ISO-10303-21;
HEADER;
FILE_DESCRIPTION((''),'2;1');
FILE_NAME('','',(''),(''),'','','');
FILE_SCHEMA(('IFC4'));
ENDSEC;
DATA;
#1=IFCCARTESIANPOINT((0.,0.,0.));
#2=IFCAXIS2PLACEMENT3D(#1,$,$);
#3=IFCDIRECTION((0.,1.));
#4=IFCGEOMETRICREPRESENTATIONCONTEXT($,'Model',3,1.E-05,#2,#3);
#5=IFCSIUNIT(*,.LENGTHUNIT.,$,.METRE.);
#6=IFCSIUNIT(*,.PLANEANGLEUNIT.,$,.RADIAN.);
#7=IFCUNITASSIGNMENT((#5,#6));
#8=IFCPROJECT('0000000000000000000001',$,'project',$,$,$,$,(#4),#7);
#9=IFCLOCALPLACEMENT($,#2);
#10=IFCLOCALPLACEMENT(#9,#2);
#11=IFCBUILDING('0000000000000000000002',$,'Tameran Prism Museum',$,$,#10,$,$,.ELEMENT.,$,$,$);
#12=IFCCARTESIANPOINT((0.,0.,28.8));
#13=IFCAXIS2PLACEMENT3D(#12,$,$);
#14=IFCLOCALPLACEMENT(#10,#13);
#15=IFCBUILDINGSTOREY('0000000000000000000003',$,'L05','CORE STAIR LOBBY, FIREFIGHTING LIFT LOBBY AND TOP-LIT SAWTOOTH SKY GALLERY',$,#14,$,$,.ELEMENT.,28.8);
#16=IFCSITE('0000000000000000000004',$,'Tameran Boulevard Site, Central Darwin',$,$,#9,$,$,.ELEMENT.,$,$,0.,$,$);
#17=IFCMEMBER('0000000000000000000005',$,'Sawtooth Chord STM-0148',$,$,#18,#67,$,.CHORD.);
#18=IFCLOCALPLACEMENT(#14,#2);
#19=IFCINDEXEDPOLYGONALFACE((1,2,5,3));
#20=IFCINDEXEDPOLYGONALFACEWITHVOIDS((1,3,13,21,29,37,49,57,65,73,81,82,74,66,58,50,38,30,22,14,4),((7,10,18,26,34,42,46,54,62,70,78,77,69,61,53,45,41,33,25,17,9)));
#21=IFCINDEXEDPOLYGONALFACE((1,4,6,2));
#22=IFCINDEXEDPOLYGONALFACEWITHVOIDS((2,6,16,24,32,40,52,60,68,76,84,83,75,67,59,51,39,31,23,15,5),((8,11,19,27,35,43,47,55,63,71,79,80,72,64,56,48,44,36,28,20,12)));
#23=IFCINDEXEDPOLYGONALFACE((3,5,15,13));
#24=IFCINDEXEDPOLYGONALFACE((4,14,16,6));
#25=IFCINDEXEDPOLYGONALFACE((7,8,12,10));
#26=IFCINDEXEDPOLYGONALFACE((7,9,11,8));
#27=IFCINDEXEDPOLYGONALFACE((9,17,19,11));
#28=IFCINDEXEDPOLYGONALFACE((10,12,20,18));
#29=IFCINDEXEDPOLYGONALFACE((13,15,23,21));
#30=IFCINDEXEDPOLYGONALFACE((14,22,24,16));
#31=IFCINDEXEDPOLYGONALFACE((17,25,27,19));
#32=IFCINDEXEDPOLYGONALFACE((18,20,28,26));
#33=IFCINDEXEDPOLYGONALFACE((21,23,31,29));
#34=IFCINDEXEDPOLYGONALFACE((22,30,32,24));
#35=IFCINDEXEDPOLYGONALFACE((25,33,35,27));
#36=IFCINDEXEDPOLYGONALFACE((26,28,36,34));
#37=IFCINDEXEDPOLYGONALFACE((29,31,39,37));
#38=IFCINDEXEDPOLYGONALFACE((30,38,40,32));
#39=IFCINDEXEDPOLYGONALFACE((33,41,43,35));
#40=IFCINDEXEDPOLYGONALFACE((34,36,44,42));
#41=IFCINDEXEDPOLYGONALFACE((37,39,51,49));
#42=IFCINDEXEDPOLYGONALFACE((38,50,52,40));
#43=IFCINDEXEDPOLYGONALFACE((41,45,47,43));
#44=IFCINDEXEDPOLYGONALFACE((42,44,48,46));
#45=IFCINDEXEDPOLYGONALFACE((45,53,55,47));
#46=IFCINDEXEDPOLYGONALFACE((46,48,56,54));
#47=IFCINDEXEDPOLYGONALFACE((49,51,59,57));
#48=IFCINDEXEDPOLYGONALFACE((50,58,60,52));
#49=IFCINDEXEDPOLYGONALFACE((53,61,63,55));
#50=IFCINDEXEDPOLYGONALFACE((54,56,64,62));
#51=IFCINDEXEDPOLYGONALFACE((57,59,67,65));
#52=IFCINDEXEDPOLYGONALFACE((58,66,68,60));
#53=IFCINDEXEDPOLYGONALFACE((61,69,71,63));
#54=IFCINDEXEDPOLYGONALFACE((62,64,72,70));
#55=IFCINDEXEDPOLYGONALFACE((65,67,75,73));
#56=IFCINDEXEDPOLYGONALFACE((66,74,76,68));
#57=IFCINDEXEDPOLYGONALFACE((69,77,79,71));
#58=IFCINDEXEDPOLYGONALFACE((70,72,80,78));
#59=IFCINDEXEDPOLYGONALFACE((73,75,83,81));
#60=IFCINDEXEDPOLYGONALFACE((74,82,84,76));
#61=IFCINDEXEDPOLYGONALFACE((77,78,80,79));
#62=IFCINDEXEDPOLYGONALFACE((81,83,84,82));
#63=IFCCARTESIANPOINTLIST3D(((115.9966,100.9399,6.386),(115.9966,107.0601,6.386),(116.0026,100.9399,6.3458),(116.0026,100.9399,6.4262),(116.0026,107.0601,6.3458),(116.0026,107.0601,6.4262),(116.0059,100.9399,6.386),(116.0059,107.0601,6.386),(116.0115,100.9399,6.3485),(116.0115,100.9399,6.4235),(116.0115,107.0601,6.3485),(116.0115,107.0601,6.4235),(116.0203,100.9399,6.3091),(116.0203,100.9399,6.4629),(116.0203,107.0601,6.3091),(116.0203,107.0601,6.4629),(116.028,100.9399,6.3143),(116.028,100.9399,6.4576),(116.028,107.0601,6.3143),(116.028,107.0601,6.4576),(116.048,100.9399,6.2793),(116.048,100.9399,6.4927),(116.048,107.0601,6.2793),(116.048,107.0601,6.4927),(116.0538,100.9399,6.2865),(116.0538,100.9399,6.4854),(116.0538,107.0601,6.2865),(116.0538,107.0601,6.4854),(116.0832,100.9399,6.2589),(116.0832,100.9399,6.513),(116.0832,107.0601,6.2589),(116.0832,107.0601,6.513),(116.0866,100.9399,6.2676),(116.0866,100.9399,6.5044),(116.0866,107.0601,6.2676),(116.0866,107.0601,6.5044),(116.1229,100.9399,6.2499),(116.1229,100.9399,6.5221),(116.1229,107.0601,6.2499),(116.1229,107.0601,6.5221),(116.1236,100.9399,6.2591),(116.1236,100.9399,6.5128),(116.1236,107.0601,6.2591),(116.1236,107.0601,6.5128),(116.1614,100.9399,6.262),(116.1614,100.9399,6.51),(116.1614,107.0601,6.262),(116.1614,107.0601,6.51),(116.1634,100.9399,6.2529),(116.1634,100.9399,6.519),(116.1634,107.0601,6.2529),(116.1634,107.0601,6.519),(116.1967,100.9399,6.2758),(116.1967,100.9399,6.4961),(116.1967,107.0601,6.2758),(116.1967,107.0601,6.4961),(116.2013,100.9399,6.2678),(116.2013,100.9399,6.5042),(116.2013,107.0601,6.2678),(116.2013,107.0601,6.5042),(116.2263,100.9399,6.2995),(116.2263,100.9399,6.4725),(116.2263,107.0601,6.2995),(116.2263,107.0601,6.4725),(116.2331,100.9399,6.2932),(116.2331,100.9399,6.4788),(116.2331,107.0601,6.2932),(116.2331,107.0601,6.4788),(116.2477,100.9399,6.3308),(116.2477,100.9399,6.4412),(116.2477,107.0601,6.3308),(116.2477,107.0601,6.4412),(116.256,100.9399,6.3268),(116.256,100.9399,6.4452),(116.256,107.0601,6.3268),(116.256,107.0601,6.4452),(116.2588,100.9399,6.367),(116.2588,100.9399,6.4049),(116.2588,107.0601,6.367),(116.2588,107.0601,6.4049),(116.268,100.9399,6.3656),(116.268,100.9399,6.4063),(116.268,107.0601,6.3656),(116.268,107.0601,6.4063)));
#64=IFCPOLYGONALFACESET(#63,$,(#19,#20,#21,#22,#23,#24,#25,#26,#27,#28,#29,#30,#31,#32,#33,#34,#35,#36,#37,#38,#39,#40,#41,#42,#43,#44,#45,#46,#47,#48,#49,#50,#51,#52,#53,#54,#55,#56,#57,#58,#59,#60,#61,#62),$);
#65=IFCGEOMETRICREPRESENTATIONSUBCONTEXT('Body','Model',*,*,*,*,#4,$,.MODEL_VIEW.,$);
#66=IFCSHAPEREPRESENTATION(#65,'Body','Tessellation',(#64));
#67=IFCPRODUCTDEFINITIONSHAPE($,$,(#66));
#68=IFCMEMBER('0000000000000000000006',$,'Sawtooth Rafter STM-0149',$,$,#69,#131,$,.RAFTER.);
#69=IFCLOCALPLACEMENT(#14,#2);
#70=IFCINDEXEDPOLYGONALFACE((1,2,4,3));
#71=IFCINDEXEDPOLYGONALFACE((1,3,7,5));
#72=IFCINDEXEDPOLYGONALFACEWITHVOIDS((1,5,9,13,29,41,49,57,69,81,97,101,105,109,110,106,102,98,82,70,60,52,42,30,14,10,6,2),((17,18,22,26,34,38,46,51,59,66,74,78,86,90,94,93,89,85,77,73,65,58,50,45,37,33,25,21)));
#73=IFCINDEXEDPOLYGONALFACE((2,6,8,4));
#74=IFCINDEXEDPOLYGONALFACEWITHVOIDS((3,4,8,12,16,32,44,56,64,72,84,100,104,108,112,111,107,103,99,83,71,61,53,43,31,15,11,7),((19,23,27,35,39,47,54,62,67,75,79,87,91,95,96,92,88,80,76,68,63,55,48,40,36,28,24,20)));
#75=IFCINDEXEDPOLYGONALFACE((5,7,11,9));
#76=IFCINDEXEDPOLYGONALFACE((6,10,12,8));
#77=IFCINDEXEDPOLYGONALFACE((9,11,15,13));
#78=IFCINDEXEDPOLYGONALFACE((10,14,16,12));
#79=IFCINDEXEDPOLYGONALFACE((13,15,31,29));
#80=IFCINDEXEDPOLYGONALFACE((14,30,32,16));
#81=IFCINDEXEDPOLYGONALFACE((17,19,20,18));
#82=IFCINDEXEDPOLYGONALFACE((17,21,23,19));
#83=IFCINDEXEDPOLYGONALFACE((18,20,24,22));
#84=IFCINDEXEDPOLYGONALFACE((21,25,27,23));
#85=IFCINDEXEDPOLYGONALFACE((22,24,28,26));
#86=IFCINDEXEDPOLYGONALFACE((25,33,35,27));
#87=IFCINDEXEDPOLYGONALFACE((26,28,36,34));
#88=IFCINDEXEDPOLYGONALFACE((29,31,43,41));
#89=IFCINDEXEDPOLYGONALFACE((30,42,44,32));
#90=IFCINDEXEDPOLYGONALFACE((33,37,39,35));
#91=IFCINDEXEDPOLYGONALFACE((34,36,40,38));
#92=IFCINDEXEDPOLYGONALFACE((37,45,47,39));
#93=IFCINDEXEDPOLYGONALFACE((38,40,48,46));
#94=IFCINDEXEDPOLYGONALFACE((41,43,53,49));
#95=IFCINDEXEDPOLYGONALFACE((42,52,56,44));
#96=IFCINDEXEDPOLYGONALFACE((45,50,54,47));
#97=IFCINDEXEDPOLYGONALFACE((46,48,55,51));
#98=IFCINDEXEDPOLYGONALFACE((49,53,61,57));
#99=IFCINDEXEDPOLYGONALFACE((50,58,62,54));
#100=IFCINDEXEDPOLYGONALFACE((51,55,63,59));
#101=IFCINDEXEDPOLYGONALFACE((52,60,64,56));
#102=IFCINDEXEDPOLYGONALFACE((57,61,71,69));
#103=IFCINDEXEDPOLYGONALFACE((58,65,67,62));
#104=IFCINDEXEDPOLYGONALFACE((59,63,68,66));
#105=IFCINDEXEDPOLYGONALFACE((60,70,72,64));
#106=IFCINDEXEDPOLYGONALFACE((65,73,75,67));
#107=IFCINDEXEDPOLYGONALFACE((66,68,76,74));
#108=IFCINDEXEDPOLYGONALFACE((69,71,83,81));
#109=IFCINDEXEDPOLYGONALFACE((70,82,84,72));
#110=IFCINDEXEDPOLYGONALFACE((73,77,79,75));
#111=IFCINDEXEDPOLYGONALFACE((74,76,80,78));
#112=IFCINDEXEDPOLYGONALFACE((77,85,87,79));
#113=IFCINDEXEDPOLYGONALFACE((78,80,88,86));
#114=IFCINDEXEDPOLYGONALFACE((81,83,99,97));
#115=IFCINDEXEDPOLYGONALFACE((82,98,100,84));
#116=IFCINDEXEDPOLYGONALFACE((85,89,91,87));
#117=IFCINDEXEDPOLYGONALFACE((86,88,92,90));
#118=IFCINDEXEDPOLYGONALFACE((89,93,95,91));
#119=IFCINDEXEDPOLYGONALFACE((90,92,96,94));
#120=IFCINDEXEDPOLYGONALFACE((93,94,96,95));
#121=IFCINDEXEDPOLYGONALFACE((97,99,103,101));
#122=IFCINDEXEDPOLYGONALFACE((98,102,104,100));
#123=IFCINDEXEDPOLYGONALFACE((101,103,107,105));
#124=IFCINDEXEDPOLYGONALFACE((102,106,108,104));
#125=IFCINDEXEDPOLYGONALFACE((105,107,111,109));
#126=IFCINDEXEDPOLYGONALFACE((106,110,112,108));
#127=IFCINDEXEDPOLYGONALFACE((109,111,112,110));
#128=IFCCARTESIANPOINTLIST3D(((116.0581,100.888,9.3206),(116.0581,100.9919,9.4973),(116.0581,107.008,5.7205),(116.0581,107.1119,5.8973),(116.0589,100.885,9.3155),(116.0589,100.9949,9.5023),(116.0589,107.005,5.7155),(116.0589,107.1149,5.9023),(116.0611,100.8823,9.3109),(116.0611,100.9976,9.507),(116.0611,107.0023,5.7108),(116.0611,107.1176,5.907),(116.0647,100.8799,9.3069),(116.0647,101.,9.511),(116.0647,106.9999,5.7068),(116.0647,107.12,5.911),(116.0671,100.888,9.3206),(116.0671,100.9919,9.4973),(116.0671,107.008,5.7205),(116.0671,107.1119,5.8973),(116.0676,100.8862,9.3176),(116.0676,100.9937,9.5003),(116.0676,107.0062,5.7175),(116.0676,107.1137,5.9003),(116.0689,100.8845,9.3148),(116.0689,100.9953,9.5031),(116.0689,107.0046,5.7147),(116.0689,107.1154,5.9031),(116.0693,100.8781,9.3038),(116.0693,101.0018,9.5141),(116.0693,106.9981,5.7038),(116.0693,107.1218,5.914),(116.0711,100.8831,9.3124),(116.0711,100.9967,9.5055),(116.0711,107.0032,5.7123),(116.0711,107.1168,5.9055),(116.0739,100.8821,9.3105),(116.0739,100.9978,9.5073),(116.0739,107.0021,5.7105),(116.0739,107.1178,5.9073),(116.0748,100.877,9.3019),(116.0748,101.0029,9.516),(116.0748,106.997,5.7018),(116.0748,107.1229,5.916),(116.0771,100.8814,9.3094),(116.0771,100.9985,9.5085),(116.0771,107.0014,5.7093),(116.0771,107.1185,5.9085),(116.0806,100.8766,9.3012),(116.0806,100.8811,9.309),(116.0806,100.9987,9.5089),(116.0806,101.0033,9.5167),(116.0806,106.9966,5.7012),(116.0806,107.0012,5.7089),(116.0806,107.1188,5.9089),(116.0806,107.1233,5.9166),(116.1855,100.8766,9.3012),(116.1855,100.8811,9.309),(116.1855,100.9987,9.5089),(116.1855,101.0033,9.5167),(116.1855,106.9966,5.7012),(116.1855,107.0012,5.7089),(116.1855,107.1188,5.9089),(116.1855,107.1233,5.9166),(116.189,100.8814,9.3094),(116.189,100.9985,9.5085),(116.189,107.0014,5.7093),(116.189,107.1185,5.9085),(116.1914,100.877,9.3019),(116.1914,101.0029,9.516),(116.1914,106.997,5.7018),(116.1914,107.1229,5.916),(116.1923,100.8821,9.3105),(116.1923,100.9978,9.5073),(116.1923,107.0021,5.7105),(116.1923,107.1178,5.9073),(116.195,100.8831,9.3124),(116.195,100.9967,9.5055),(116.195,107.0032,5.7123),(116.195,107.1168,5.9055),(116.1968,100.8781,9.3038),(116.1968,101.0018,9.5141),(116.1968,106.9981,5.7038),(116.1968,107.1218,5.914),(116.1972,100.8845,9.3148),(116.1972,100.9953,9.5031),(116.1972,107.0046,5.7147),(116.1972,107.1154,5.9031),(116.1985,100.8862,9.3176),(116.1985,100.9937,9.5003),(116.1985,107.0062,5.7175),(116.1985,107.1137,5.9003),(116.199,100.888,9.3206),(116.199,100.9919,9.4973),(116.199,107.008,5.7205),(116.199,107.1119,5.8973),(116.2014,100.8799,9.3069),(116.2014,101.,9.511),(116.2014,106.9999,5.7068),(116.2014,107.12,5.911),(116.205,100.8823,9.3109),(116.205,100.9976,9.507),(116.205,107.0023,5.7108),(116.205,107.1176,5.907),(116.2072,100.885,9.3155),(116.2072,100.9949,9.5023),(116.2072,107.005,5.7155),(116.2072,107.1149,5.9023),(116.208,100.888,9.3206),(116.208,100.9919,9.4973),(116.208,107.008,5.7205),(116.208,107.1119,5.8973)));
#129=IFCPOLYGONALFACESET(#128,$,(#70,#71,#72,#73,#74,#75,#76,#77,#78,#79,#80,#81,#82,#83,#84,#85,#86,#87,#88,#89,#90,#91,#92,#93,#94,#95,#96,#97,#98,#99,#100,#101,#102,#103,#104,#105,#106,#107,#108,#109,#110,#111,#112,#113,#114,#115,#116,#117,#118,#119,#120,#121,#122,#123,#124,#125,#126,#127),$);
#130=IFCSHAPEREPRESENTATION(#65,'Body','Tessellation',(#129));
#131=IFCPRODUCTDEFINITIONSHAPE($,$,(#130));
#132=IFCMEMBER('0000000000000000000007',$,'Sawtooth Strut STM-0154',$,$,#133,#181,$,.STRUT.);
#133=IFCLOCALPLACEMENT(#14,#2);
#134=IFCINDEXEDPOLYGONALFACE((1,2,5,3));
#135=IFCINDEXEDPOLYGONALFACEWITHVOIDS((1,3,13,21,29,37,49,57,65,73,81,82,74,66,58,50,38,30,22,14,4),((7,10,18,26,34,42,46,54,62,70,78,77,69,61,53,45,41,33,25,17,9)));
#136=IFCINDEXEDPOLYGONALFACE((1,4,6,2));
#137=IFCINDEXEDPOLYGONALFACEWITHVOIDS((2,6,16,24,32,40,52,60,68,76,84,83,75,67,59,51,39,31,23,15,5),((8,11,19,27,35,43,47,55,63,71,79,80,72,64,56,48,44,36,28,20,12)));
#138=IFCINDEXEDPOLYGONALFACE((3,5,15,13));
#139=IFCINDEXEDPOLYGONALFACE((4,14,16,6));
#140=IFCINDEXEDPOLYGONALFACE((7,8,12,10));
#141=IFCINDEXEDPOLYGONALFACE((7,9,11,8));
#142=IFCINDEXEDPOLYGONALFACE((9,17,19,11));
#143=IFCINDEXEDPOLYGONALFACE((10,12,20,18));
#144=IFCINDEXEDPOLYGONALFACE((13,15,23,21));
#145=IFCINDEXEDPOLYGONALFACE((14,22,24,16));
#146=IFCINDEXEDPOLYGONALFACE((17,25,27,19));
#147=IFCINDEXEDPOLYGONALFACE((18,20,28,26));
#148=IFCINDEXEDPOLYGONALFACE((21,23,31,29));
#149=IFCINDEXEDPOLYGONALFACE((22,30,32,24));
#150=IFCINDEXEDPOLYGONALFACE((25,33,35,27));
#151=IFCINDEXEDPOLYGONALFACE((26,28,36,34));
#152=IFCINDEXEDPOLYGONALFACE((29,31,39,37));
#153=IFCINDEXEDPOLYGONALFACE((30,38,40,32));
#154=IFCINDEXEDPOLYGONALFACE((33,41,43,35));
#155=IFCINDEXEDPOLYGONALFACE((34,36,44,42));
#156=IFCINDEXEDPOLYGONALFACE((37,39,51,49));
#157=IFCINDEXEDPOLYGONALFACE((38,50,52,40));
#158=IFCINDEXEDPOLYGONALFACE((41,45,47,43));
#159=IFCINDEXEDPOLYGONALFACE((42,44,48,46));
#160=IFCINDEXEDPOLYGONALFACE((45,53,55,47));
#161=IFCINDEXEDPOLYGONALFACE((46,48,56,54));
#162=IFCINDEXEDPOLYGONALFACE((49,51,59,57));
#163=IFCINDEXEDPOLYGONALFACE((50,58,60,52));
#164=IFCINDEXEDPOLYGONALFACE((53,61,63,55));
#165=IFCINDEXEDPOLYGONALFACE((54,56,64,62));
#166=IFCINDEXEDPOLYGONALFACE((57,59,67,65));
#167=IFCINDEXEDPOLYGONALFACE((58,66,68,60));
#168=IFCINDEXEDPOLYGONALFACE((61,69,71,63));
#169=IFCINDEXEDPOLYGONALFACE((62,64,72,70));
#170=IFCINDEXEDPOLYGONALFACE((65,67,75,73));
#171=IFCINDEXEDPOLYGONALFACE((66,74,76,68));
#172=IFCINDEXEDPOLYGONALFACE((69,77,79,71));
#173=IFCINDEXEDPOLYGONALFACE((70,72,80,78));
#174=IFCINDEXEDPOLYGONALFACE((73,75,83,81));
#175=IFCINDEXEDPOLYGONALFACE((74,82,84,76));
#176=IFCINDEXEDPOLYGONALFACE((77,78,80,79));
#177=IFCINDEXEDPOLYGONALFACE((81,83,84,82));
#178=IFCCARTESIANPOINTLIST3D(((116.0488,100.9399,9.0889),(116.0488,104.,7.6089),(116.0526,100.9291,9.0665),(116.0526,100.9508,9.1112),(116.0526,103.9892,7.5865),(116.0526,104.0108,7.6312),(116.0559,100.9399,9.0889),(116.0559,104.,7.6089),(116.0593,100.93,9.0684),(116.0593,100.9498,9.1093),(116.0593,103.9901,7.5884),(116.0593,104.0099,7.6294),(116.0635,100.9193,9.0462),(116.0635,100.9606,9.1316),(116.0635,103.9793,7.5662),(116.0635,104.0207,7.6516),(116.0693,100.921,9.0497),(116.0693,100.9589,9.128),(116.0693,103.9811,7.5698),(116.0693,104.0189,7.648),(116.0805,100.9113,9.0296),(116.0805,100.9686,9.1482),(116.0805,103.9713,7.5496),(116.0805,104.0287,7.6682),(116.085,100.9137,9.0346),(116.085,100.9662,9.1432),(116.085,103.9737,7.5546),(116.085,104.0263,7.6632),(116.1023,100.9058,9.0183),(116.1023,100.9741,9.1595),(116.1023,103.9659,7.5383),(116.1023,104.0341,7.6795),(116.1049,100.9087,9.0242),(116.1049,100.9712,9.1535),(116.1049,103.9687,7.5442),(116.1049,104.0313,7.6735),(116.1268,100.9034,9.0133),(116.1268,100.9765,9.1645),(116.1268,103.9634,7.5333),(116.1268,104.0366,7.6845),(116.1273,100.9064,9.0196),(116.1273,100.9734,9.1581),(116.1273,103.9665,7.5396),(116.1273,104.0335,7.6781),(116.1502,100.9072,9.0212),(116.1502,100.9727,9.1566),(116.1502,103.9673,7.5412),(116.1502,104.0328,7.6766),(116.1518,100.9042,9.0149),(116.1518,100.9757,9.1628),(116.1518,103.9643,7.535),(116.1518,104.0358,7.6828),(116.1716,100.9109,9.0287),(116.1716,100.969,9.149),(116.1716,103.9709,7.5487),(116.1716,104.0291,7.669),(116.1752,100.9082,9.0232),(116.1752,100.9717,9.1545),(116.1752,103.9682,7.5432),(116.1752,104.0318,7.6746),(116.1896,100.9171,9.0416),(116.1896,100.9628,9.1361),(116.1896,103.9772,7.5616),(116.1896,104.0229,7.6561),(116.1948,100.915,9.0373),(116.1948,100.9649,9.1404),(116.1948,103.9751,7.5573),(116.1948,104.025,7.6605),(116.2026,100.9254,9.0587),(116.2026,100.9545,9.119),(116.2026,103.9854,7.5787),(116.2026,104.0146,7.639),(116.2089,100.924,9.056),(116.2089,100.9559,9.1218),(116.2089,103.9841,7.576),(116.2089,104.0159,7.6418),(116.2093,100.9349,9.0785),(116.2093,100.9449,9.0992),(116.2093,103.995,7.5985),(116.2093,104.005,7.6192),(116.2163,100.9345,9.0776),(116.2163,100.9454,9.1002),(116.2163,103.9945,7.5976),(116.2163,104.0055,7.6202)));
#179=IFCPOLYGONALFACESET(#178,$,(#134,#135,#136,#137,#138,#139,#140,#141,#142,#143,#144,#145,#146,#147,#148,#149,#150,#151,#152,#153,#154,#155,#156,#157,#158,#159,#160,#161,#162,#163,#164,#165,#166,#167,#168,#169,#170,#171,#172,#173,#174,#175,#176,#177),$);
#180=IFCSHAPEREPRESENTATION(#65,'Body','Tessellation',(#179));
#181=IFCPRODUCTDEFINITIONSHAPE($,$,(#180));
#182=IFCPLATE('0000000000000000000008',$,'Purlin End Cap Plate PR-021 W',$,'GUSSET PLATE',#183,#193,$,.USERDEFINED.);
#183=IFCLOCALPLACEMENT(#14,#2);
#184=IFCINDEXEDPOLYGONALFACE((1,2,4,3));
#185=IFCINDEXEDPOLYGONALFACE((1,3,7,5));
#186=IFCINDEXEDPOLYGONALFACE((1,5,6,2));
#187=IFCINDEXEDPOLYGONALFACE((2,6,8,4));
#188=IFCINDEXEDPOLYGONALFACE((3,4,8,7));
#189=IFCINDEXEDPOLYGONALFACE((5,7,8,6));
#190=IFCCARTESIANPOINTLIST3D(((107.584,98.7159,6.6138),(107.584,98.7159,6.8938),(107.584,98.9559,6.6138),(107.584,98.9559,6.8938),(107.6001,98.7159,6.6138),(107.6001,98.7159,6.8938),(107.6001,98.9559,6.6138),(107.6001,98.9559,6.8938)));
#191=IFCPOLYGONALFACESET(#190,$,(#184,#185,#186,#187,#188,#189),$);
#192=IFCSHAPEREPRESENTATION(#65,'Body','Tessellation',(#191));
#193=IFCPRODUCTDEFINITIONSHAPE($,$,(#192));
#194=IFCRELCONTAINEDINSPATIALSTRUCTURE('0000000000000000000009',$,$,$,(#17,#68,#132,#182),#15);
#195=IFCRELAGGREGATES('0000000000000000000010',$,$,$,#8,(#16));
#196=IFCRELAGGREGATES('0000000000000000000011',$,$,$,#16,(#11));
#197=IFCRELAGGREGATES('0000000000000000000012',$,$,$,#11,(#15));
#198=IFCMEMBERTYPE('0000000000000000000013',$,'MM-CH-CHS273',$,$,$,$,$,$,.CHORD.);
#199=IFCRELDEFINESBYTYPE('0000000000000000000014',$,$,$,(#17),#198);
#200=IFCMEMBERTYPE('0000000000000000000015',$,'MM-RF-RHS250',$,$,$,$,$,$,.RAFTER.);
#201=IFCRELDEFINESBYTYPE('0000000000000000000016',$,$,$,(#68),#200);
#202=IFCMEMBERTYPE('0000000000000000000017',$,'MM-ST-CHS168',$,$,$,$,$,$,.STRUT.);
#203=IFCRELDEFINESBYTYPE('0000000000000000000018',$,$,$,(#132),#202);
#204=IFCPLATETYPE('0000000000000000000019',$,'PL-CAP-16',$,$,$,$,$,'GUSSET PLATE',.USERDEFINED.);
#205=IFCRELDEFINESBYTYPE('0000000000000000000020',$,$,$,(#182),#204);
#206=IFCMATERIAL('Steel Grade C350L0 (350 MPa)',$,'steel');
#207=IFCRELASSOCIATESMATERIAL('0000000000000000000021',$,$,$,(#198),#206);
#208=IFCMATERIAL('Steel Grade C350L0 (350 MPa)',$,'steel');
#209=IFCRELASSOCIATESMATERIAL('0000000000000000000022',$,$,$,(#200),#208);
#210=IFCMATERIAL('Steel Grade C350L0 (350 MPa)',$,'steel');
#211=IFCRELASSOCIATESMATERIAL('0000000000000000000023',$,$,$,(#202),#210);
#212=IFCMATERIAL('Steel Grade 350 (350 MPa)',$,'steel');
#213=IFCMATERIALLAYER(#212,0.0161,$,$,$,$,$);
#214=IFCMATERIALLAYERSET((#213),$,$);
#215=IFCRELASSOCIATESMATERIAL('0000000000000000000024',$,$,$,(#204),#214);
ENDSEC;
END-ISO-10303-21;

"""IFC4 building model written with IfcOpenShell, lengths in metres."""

from ifc_helpers import new_model, si_unit, direction, frame, origin, origin_2d, place, context, subcontext, project, spatial, rectangle, hollow_rectangle, hollow_circle, extrude, material, layer, layer_set, material_profile, profile_set, type_object, element, save


model = new_model("IFC4")

# Units and contexts
model_context = context("Model", 3, precision=1e-05, world=origin(), true_north=direction((0.0, 1.0)))
body_context = subcontext(model_context, "Body", "Model", "MODEL_VIEW")
ifc_project = project(units=[si_unit("LENGTHUNIT", "METRE"), si_unit("PLANEANGLEUNIT", "RADIAN")], contexts=[model_context])

# Site, building, storey
site_placement = place(None, origin())
site = spatial("IfcSite", under=ifc_project, at=site_placement, Name="Tameran Boulevard Site, Central Darwin", CompositionType="ELEMENT", RefElevation=0.0)
building_placement = place(site_placement, origin())
building = spatial("IfcBuilding", under=site, at=building_placement, Name="Tameran Prism Museum", CompositionType="ELEMENT")
storey_placement = place(building_placement, frame((0.0, 0.0, 28.8)))
storey = spatial("IfcBuildingStorey", under=building, at=storey_placement, Name="L05", Description="CORE STAIR LOBBY, FIREFIGHTING LIFT LOBBY AND TOP-LIT SAWTOOTH SKY GALLERY", CompositionType="ELEMENT", Elevation=28.8)

# Members
ifc_material_1 = material(Name="Steel Grade C350L0 (350 MPa)", Category="steel")
ifc_material_profile_1 = material_profile(ifc_material_1, hollow_circle(Radius=0.1365, WallThickness=0.0093, at=origin_2d()))
ifc_profile_set_1 = profile_set([ifc_material_profile_1])
member_type_1 = type_object("IfcMemberType", Name="MM-CH-CHS273", PredefinedType="CHORD", material=ifc_profile_set_1)
member_1_placement = place(storey_placement, frame((116.1331, 100.9399, 6.386), z_axis=(0.0, 1.0, 0.0), x_axis=(-1.0, 0.0, 0.0)))
element("IfcMember", 1, at=member_1_placement, inside=storey, type_object=member_type_1, Name="Sawtooth Chord STM-0148", PredefinedType="CHORD", context=body_context, shape_type="SweptSolid", body=[
    extrude(hollow_circle(Radius=0.1365, WallThickness=0.0093, at=origin_2d()), origin(), (0.0, 0.0, 1.0), 6.1201),
])
ifc_material_2 = material(Name="Steel Grade C350L0 (350 MPa)", Category="steel")
ifc_material_profile_2 = material_profile(ifc_material_2, hollow_rectangle(XDim=0.1499, YDim=0.25, WallThickness=0.009, InnerFilletRadius=0.0134, OuterFilletRadius=0.0225, at=origin_2d()))
ifc_profile_set_2 = profile_set([ifc_material_profile_2])
member_type_2 = type_object("IfcMemberType", Name="MM-RF-RHS250", PredefinedType="RAFTER", material=ifc_profile_set_2)
member_2_placement = place(storey_placement, frame((116.1331, 100.9399, 9.4089), z_axis=(0.0, 0.861932, -0.507023), x_axis=(-1.0, 0.0, 0.0)))
element("IfcMember", 2, at=member_2_placement, inside=storey, type_object=member_type_2, Name="Sawtooth Rafter STM-0149", PredefinedType="RAFTER", context=body_context, shape_type="SweptSolid", body=[
    extrude(hollow_rectangle(XDim=0.1499, YDim=0.25, WallThickness=0.009, InnerFilletRadius=0.0134, OuterFilletRadius=0.0225, at=origin_2d()), origin(), (0.0, 0.0, 1.0), 7.1003),
])
ifc_material_3 = material(Name="Steel Grade C350L0 (350 MPa)", Category="steel")
ifc_material_profile_3 = material_profile(ifc_material_3, hollow_circle(Radius=0.0842, WallThickness=0.0071, at=origin_2d()))
ifc_profile_set_3 = profile_set([ifc_material_profile_3])
member_type_3 = type_object("IfcMemberType", Name="MM-ST-CHS168", PredefinedType="STRUT", material=ifc_profile_set_3)
member_3_placement = place(storey_placement, frame((116.1331, 100.9399, 9.0889), z_axis=(0.0, 0.900239, -0.435396), x_axis=(-1.0, 0.0, 0.0)))
element("IfcMember", 3, at=member_3_placement, inside=storey, type_object=member_type_3, Name="Sawtooth Strut STM-0154", PredefinedType="STRUT", context=body_context, shape_type="SweptSolid", body=[
    extrude(hollow_circle(Radius=0.0842, WallThickness=0.0071, at=origin_2d()), origin(), (0.0, 0.0, 1.0), 3.3992),
])

# Plate
ifc_material_4 = material(Name="Steel Grade 350 (350 MPa)", Category="steel")
ifc_layer_1 = layer(ifc_material_4, 0.0161)
ifc_layer_set_1 = layer_set([ifc_layer_1])
plate_type_1 = type_object("IfcPlateType", Name="PL-CAP-16", ElementType="GUSSET PLATE", PredefinedType="USERDEFINED", material=ifc_layer_set_1)
plate_placement = place(storey_placement, frame((107.592, 98.8359, 6.6138), z_axis=(0.0, 0.0, 1.0), x_axis=(1.0, 0.0, 0.0)))
element("IfcPlate", 4, at=plate_placement, inside=storey, type_object=plate_type_1, Name="Purlin End Cap Plate PR-021 W", ObjectType="GUSSET PLATE", PredefinedType="USERDEFINED", context=body_context, shape_type="SweptSolid", body=[
    extrude(rectangle(XDim=0.0161, YDim=0.24, at=origin_2d()), origin(), (0.0, 0.0, 1.0), 0.28),
])

save(model, "model.ifc")
